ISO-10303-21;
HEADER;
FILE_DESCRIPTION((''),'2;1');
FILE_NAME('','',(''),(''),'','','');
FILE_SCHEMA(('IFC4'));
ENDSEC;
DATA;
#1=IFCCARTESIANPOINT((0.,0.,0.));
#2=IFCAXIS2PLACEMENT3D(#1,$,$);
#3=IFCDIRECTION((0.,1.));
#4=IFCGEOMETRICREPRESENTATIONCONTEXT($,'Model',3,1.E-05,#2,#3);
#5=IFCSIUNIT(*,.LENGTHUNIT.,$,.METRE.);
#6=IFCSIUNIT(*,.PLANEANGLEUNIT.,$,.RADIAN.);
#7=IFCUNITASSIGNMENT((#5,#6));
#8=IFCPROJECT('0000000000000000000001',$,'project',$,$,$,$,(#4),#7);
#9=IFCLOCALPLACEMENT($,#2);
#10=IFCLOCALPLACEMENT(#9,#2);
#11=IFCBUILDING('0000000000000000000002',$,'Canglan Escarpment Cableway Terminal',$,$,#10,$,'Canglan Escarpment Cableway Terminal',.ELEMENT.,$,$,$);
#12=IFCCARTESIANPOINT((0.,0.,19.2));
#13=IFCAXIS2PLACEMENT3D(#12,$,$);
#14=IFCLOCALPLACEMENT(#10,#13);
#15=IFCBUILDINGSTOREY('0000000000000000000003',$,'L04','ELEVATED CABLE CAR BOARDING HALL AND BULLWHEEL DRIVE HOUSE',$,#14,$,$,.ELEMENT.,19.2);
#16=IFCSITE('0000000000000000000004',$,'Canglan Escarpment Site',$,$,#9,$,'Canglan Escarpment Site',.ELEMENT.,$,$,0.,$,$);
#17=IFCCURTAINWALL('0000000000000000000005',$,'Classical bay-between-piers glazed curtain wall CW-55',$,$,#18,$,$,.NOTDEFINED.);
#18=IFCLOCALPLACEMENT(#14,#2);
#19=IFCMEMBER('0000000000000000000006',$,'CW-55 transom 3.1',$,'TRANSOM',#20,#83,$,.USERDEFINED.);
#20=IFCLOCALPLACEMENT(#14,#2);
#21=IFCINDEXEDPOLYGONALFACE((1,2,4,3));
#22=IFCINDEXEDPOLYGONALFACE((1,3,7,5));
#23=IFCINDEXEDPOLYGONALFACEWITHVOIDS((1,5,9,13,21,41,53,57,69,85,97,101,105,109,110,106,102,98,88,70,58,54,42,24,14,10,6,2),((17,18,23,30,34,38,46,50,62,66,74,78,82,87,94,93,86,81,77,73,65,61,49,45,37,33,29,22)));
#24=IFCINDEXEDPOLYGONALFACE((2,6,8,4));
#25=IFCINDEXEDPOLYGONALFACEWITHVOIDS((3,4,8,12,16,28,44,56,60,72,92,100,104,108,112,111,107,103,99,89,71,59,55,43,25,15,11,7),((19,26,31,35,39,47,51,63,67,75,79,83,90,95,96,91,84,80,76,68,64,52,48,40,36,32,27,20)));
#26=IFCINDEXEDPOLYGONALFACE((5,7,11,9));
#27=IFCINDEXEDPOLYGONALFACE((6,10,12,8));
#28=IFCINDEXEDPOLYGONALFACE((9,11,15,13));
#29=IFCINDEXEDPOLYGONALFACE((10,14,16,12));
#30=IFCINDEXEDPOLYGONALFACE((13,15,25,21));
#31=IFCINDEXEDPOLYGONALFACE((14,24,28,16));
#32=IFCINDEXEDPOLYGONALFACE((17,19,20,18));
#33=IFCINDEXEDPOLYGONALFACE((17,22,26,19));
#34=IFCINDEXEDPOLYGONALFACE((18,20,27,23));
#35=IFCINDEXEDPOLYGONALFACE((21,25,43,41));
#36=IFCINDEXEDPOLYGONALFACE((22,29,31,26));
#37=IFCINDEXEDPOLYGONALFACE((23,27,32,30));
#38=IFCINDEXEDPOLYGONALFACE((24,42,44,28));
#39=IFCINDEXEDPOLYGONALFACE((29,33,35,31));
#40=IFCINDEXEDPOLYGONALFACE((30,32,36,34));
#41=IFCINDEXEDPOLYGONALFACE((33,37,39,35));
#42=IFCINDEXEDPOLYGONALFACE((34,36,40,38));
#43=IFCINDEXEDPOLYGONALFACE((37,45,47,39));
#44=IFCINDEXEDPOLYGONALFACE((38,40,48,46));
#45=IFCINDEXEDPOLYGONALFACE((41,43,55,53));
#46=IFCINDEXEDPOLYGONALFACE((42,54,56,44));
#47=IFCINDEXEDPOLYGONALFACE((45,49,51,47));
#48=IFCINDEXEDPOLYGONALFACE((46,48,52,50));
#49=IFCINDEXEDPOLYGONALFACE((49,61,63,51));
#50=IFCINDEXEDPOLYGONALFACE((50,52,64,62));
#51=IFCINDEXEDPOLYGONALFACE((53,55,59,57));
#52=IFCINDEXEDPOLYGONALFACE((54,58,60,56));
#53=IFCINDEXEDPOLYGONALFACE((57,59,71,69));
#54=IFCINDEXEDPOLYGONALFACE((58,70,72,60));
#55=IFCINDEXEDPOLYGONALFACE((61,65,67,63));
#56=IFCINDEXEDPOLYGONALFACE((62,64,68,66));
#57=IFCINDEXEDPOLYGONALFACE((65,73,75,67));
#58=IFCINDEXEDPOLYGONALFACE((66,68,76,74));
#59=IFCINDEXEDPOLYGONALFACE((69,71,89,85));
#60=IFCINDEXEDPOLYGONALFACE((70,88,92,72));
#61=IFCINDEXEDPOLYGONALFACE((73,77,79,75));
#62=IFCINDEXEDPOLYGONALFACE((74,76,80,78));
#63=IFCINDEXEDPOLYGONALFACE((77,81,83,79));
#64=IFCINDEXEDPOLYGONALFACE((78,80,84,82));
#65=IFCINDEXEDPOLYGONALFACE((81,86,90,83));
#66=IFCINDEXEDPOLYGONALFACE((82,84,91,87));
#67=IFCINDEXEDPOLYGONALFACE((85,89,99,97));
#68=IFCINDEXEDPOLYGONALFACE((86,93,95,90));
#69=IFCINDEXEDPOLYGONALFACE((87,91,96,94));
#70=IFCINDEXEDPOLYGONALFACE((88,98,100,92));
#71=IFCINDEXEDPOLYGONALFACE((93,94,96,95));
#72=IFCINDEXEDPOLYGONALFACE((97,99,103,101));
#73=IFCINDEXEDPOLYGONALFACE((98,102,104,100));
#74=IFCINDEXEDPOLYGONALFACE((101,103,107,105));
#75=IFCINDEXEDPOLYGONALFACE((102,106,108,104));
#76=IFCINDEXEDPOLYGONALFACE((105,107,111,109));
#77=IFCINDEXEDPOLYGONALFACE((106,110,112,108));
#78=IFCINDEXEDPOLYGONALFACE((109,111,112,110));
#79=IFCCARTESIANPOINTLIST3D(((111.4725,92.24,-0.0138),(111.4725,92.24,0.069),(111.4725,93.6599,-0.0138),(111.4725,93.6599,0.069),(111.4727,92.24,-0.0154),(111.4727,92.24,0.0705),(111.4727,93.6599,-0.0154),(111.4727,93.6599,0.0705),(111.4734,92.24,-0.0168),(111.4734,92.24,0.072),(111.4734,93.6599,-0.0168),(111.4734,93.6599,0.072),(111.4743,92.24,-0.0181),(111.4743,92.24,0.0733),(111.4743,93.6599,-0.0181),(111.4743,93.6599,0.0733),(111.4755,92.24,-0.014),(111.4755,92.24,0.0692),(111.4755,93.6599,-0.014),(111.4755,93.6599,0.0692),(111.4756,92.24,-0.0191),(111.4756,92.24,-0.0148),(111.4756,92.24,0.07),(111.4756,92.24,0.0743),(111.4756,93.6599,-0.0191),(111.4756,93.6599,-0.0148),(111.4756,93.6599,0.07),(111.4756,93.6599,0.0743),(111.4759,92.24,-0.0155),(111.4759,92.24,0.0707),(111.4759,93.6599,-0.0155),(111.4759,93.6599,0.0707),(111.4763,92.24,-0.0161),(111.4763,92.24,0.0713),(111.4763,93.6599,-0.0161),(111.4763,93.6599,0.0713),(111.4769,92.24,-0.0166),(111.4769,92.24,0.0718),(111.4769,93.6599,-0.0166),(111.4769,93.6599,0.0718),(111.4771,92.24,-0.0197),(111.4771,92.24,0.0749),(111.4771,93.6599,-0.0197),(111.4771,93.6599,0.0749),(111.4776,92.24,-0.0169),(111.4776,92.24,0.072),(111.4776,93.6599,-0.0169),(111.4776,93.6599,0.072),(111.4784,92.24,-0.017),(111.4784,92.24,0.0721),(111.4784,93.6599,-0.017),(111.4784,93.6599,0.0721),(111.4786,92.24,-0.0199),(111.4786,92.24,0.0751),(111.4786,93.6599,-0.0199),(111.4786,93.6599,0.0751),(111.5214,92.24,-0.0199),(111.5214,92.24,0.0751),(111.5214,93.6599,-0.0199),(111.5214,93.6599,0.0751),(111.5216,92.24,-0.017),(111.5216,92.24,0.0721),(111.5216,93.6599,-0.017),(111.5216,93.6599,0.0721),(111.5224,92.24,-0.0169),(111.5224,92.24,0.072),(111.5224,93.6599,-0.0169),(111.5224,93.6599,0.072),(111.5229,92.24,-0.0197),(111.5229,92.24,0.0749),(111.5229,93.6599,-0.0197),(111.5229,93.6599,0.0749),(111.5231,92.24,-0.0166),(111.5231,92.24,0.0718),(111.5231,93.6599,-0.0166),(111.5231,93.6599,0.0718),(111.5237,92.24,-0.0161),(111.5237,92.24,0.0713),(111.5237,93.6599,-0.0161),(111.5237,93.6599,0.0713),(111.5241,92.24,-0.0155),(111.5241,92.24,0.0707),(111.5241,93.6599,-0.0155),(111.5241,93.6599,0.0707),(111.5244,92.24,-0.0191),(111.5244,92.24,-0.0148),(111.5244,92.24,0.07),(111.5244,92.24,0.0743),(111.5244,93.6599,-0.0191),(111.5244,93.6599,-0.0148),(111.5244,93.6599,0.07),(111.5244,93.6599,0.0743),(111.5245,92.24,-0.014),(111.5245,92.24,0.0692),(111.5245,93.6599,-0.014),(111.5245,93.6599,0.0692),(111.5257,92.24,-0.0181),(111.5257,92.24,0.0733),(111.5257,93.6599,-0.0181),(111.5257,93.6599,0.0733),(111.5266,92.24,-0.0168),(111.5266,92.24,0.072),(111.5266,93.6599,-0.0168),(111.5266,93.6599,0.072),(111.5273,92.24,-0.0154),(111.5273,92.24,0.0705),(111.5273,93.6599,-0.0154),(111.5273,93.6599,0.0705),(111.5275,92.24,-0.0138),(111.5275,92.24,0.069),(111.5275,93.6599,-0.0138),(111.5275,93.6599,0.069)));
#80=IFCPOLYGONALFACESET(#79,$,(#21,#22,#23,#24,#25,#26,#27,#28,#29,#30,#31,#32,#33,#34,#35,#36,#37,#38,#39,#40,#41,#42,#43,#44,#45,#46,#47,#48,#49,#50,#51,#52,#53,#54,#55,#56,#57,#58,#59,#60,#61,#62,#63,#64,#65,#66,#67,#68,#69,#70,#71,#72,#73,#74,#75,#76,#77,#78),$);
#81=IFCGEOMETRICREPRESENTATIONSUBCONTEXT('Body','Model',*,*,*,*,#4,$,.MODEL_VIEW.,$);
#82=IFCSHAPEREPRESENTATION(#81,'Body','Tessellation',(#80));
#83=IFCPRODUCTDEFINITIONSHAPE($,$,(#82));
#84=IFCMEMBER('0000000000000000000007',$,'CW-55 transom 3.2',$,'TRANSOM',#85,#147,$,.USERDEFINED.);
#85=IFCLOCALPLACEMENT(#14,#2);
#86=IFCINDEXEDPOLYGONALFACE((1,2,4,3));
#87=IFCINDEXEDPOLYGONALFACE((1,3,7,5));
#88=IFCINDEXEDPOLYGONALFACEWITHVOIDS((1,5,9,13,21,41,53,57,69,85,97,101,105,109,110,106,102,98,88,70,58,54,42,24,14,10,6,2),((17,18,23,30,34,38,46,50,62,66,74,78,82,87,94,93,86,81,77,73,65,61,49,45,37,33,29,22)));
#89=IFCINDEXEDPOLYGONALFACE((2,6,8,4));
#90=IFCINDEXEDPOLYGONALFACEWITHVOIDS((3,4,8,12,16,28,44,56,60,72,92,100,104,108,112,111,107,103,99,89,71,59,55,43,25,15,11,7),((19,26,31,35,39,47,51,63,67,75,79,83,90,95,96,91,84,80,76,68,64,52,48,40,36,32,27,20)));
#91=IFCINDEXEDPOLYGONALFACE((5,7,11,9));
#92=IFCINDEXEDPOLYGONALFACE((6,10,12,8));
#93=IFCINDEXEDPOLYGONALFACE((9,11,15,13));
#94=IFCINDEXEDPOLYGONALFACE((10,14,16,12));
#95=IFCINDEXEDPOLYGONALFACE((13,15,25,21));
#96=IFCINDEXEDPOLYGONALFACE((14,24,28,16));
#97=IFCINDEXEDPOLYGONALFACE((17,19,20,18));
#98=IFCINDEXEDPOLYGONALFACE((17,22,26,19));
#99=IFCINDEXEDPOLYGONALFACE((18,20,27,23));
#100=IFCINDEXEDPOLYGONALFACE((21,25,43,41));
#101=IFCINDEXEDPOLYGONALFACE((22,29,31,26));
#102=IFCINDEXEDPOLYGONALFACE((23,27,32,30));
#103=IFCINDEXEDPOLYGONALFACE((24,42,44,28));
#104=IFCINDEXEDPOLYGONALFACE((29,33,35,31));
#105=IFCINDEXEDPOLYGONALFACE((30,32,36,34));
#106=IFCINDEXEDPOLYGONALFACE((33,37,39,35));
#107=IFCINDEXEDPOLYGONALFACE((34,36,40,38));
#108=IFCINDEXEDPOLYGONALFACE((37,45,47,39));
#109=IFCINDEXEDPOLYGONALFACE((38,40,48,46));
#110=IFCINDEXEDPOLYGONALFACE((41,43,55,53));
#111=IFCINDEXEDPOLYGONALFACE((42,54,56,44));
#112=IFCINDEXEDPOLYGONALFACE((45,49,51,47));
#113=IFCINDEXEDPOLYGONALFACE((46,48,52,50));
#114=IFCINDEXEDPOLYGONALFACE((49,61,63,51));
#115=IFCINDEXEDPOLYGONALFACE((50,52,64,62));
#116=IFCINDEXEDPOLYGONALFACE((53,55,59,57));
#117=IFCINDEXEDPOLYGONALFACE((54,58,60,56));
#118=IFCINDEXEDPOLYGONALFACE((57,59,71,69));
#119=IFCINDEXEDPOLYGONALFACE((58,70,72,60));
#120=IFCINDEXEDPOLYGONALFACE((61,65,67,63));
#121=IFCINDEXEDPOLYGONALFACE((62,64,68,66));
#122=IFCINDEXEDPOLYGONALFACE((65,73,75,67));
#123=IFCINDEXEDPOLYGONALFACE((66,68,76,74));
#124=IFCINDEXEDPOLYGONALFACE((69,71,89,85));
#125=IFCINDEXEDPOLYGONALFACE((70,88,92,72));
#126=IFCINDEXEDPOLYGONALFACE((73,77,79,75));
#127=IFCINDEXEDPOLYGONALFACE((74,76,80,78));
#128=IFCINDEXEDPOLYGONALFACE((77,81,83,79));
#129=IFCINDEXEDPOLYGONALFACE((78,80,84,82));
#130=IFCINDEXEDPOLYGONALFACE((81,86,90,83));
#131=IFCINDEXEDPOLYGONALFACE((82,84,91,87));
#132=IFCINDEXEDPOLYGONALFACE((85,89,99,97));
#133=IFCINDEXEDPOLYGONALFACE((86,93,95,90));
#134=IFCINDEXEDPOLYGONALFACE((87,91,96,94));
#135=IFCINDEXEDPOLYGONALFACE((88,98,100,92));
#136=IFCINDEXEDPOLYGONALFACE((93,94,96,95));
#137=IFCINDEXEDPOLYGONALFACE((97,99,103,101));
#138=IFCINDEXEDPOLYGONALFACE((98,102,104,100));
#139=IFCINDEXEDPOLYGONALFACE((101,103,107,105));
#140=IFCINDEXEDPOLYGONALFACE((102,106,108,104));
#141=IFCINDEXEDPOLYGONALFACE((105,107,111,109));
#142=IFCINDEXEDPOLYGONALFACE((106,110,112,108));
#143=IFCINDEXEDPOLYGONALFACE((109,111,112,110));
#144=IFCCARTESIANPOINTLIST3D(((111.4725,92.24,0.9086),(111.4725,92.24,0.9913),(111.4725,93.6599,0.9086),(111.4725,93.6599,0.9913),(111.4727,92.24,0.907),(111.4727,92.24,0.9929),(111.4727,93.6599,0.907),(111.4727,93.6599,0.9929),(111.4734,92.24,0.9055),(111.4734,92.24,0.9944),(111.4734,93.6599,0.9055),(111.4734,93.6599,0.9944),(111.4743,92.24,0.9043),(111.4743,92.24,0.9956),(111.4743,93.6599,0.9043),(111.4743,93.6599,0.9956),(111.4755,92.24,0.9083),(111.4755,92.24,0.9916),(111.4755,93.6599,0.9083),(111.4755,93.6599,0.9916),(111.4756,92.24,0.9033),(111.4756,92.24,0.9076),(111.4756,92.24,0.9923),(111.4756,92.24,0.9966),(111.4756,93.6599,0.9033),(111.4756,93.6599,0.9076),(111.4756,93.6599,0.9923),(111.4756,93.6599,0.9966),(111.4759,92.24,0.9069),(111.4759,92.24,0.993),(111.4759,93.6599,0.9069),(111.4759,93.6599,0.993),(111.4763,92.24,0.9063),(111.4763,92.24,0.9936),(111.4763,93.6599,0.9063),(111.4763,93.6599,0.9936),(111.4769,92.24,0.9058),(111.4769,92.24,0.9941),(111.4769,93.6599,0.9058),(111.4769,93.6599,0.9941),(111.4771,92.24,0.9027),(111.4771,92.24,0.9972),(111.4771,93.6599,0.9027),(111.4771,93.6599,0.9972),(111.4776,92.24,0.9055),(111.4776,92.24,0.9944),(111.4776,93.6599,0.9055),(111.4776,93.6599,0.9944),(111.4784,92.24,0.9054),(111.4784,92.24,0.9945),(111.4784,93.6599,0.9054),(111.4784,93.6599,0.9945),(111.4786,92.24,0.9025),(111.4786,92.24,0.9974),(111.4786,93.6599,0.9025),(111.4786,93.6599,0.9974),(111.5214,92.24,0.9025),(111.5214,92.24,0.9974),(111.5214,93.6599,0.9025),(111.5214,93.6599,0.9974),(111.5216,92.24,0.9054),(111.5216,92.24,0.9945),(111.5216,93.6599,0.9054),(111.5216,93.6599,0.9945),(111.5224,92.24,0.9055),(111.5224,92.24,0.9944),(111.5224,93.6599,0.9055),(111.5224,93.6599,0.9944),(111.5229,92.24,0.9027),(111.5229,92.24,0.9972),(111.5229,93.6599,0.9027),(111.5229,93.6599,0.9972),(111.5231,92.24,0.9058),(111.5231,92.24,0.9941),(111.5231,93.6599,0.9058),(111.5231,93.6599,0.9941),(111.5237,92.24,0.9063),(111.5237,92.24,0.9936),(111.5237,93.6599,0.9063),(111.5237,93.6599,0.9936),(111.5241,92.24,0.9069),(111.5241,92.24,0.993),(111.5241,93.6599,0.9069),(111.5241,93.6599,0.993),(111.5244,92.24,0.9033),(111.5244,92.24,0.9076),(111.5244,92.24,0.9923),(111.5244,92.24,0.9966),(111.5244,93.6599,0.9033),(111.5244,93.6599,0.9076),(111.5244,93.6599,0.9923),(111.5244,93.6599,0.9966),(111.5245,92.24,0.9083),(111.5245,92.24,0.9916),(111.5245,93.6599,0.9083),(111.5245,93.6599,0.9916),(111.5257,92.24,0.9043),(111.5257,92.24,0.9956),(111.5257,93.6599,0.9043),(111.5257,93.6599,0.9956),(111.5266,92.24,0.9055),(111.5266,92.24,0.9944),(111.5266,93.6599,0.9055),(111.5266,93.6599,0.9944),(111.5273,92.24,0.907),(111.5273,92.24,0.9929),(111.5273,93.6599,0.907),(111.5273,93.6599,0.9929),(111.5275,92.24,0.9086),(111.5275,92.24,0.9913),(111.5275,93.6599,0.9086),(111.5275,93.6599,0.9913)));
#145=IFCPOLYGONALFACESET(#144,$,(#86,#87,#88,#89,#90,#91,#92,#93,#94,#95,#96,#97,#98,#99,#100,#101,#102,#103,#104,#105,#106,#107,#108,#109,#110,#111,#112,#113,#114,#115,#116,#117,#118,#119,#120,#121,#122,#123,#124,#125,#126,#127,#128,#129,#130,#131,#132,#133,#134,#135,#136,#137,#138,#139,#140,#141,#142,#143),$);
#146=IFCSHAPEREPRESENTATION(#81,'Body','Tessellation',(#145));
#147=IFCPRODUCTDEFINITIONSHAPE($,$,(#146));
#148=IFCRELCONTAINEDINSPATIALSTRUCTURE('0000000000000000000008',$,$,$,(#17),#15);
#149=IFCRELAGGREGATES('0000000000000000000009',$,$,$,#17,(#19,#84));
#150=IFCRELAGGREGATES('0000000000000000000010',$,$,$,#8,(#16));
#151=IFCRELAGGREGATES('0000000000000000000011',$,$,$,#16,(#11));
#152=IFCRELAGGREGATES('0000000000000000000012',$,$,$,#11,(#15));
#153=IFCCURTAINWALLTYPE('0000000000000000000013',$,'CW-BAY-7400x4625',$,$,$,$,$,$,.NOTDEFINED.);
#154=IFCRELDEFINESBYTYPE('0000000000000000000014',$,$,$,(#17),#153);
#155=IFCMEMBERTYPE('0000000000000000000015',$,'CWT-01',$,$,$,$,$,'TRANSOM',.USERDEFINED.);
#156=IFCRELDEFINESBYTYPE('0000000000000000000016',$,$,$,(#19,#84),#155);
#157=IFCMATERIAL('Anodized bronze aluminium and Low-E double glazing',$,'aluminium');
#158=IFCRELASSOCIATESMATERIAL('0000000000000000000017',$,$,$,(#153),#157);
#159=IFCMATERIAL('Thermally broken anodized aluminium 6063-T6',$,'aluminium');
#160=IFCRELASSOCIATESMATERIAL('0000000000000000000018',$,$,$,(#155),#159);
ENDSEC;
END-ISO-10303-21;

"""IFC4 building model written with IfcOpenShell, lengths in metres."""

from ifc_helpers import new_model, si_unit, direction, frame, origin, origin_2d, place, context, subcontext, project, spatial, hollow_rectangle, extrude, material, material_profile, profile_set, type_object, element, aggregate, save


model = new_model("IFC4")

# Units and contexts
model_context = context("Model", 3, precision=1e-05, world=origin(), true_north=direction((0.0, 1.0)))
body_context = subcontext(model_context, "Body", "Model", "MODEL_VIEW")
ifc_project = project(units=[si_unit("LENGTHUNIT", "METRE"), si_unit("PLANEANGLEUNIT", "RADIAN")], contexts=[model_context])

# Site, building, storey
site_placement = place(None, origin())
site = spatial("IfcSite", under=ifc_project, at=site_placement, Name="Canglan Escarpment Site", LongName="Canglan Escarpment Site", CompositionType="ELEMENT", RefElevation=0.0)
building_placement = place(site_placement, origin())
building = spatial("IfcBuilding", under=site, at=building_placement, Name="Canglan Escarpment Cableway Terminal", LongName="Canglan Escarpment Cableway Terminal", CompositionType="ELEMENT")
storey_placement = place(building_placement, frame((0.0, 0.0, 19.2)))
storey = spatial("IfcBuildingStorey", under=building, at=storey_placement, Name="L04", Description="ELEVATED CABLE CAR BOARDING HALL AND BULLWHEEL DRIVE HOUSE", CompositionType="ELEMENT", Elevation=19.2)

# Curtain wall, members
ifc_material_1 = material(Name="Anodized bronze aluminium and Low-E double glazing", Category="aluminium")
curtain_wall_type = type_object("IfcCurtainWallType", Name="CW-BAY-7400x4625", PredefinedType="NOTDEFINED", material=ifc_material_1)
curtain_wall_placement = place(storey_placement, origin())
curtain_wall = element("IfcCurtainWall", 1, at=curtain_wall_placement, inside=storey, type_object=curtain_wall_type, Name="Classical bay-between-piers glazed curtain wall CW-55", PredefinedType="NOTDEFINED")
ifc_material_2 = material(Name="Thermally broken anodized aluminium 6063-T6", Category="aluminium")
ifc_material_profile_1 = material_profile(ifc_material_2, hollow_rectangle(XDim=0.0549, YDim=0.095, WallThickness=0.0029, InnerFilletRadius=0.0029, OuterFilletRadius=0.0061, at=origin_2d()), Name="ALU-TRAN 55x95x3")
ifc_profile_set_1 = profile_set([ifc_material_profile_1], Name="Thermally broken anodized aluminium 6063-T6")
member_type_1 = type_object("IfcMemberType", Name="CWT-01", ElementType="TRANSOM", PredefinedType="USERDEFINED", material=ifc_profile_set_1)
member_1_placement = place(storey_placement, frame((111.5, 93.6599, 0.0276), z_axis=(0.0, -1.0, 0.0), x_axis=(1.0, 0.0, 0.0)))
member_1 = element("IfcMember", 2, at=member_1_placement, type_object=member_type_1, Name="CW-55 transom 3.1", ObjectType="TRANSOM", PredefinedType="USERDEFINED", context=body_context, shape_type="SweptSolid", body=[
    extrude(hollow_rectangle(XDim=0.0549, YDim=0.095, WallThickness=0.0029, InnerFilletRadius=0.0029, OuterFilletRadius=0.0061, at=origin_2d()), origin(), (0.0, 0.0, 1.0), 1.4199),
])
member_2_placement = place(storey_placement, frame((111.5, 93.6599, 0.95), z_axis=(0.0, -1.0, 0.0), x_axis=(1.0, 0.0, 0.0)))
member_2 = element("IfcMember", 3, at=member_2_placement, type_object=member_type_1, Name="CW-55 transom 3.2", ObjectType="TRANSOM", PredefinedType="USERDEFINED", context=body_context, shape_type="SweptSolid", body=[
    extrude(hollow_rectangle(XDim=0.0549, YDim=0.095, WallThickness=0.0029, InnerFilletRadius=0.0029, OuterFilletRadius=0.0061, at=origin_2d()), origin(), (0.0, 0.0, 1.0), 1.4199),
])
aggregate(curtain_wall, [member_1, member_2])

save(model, "model.ifc")
